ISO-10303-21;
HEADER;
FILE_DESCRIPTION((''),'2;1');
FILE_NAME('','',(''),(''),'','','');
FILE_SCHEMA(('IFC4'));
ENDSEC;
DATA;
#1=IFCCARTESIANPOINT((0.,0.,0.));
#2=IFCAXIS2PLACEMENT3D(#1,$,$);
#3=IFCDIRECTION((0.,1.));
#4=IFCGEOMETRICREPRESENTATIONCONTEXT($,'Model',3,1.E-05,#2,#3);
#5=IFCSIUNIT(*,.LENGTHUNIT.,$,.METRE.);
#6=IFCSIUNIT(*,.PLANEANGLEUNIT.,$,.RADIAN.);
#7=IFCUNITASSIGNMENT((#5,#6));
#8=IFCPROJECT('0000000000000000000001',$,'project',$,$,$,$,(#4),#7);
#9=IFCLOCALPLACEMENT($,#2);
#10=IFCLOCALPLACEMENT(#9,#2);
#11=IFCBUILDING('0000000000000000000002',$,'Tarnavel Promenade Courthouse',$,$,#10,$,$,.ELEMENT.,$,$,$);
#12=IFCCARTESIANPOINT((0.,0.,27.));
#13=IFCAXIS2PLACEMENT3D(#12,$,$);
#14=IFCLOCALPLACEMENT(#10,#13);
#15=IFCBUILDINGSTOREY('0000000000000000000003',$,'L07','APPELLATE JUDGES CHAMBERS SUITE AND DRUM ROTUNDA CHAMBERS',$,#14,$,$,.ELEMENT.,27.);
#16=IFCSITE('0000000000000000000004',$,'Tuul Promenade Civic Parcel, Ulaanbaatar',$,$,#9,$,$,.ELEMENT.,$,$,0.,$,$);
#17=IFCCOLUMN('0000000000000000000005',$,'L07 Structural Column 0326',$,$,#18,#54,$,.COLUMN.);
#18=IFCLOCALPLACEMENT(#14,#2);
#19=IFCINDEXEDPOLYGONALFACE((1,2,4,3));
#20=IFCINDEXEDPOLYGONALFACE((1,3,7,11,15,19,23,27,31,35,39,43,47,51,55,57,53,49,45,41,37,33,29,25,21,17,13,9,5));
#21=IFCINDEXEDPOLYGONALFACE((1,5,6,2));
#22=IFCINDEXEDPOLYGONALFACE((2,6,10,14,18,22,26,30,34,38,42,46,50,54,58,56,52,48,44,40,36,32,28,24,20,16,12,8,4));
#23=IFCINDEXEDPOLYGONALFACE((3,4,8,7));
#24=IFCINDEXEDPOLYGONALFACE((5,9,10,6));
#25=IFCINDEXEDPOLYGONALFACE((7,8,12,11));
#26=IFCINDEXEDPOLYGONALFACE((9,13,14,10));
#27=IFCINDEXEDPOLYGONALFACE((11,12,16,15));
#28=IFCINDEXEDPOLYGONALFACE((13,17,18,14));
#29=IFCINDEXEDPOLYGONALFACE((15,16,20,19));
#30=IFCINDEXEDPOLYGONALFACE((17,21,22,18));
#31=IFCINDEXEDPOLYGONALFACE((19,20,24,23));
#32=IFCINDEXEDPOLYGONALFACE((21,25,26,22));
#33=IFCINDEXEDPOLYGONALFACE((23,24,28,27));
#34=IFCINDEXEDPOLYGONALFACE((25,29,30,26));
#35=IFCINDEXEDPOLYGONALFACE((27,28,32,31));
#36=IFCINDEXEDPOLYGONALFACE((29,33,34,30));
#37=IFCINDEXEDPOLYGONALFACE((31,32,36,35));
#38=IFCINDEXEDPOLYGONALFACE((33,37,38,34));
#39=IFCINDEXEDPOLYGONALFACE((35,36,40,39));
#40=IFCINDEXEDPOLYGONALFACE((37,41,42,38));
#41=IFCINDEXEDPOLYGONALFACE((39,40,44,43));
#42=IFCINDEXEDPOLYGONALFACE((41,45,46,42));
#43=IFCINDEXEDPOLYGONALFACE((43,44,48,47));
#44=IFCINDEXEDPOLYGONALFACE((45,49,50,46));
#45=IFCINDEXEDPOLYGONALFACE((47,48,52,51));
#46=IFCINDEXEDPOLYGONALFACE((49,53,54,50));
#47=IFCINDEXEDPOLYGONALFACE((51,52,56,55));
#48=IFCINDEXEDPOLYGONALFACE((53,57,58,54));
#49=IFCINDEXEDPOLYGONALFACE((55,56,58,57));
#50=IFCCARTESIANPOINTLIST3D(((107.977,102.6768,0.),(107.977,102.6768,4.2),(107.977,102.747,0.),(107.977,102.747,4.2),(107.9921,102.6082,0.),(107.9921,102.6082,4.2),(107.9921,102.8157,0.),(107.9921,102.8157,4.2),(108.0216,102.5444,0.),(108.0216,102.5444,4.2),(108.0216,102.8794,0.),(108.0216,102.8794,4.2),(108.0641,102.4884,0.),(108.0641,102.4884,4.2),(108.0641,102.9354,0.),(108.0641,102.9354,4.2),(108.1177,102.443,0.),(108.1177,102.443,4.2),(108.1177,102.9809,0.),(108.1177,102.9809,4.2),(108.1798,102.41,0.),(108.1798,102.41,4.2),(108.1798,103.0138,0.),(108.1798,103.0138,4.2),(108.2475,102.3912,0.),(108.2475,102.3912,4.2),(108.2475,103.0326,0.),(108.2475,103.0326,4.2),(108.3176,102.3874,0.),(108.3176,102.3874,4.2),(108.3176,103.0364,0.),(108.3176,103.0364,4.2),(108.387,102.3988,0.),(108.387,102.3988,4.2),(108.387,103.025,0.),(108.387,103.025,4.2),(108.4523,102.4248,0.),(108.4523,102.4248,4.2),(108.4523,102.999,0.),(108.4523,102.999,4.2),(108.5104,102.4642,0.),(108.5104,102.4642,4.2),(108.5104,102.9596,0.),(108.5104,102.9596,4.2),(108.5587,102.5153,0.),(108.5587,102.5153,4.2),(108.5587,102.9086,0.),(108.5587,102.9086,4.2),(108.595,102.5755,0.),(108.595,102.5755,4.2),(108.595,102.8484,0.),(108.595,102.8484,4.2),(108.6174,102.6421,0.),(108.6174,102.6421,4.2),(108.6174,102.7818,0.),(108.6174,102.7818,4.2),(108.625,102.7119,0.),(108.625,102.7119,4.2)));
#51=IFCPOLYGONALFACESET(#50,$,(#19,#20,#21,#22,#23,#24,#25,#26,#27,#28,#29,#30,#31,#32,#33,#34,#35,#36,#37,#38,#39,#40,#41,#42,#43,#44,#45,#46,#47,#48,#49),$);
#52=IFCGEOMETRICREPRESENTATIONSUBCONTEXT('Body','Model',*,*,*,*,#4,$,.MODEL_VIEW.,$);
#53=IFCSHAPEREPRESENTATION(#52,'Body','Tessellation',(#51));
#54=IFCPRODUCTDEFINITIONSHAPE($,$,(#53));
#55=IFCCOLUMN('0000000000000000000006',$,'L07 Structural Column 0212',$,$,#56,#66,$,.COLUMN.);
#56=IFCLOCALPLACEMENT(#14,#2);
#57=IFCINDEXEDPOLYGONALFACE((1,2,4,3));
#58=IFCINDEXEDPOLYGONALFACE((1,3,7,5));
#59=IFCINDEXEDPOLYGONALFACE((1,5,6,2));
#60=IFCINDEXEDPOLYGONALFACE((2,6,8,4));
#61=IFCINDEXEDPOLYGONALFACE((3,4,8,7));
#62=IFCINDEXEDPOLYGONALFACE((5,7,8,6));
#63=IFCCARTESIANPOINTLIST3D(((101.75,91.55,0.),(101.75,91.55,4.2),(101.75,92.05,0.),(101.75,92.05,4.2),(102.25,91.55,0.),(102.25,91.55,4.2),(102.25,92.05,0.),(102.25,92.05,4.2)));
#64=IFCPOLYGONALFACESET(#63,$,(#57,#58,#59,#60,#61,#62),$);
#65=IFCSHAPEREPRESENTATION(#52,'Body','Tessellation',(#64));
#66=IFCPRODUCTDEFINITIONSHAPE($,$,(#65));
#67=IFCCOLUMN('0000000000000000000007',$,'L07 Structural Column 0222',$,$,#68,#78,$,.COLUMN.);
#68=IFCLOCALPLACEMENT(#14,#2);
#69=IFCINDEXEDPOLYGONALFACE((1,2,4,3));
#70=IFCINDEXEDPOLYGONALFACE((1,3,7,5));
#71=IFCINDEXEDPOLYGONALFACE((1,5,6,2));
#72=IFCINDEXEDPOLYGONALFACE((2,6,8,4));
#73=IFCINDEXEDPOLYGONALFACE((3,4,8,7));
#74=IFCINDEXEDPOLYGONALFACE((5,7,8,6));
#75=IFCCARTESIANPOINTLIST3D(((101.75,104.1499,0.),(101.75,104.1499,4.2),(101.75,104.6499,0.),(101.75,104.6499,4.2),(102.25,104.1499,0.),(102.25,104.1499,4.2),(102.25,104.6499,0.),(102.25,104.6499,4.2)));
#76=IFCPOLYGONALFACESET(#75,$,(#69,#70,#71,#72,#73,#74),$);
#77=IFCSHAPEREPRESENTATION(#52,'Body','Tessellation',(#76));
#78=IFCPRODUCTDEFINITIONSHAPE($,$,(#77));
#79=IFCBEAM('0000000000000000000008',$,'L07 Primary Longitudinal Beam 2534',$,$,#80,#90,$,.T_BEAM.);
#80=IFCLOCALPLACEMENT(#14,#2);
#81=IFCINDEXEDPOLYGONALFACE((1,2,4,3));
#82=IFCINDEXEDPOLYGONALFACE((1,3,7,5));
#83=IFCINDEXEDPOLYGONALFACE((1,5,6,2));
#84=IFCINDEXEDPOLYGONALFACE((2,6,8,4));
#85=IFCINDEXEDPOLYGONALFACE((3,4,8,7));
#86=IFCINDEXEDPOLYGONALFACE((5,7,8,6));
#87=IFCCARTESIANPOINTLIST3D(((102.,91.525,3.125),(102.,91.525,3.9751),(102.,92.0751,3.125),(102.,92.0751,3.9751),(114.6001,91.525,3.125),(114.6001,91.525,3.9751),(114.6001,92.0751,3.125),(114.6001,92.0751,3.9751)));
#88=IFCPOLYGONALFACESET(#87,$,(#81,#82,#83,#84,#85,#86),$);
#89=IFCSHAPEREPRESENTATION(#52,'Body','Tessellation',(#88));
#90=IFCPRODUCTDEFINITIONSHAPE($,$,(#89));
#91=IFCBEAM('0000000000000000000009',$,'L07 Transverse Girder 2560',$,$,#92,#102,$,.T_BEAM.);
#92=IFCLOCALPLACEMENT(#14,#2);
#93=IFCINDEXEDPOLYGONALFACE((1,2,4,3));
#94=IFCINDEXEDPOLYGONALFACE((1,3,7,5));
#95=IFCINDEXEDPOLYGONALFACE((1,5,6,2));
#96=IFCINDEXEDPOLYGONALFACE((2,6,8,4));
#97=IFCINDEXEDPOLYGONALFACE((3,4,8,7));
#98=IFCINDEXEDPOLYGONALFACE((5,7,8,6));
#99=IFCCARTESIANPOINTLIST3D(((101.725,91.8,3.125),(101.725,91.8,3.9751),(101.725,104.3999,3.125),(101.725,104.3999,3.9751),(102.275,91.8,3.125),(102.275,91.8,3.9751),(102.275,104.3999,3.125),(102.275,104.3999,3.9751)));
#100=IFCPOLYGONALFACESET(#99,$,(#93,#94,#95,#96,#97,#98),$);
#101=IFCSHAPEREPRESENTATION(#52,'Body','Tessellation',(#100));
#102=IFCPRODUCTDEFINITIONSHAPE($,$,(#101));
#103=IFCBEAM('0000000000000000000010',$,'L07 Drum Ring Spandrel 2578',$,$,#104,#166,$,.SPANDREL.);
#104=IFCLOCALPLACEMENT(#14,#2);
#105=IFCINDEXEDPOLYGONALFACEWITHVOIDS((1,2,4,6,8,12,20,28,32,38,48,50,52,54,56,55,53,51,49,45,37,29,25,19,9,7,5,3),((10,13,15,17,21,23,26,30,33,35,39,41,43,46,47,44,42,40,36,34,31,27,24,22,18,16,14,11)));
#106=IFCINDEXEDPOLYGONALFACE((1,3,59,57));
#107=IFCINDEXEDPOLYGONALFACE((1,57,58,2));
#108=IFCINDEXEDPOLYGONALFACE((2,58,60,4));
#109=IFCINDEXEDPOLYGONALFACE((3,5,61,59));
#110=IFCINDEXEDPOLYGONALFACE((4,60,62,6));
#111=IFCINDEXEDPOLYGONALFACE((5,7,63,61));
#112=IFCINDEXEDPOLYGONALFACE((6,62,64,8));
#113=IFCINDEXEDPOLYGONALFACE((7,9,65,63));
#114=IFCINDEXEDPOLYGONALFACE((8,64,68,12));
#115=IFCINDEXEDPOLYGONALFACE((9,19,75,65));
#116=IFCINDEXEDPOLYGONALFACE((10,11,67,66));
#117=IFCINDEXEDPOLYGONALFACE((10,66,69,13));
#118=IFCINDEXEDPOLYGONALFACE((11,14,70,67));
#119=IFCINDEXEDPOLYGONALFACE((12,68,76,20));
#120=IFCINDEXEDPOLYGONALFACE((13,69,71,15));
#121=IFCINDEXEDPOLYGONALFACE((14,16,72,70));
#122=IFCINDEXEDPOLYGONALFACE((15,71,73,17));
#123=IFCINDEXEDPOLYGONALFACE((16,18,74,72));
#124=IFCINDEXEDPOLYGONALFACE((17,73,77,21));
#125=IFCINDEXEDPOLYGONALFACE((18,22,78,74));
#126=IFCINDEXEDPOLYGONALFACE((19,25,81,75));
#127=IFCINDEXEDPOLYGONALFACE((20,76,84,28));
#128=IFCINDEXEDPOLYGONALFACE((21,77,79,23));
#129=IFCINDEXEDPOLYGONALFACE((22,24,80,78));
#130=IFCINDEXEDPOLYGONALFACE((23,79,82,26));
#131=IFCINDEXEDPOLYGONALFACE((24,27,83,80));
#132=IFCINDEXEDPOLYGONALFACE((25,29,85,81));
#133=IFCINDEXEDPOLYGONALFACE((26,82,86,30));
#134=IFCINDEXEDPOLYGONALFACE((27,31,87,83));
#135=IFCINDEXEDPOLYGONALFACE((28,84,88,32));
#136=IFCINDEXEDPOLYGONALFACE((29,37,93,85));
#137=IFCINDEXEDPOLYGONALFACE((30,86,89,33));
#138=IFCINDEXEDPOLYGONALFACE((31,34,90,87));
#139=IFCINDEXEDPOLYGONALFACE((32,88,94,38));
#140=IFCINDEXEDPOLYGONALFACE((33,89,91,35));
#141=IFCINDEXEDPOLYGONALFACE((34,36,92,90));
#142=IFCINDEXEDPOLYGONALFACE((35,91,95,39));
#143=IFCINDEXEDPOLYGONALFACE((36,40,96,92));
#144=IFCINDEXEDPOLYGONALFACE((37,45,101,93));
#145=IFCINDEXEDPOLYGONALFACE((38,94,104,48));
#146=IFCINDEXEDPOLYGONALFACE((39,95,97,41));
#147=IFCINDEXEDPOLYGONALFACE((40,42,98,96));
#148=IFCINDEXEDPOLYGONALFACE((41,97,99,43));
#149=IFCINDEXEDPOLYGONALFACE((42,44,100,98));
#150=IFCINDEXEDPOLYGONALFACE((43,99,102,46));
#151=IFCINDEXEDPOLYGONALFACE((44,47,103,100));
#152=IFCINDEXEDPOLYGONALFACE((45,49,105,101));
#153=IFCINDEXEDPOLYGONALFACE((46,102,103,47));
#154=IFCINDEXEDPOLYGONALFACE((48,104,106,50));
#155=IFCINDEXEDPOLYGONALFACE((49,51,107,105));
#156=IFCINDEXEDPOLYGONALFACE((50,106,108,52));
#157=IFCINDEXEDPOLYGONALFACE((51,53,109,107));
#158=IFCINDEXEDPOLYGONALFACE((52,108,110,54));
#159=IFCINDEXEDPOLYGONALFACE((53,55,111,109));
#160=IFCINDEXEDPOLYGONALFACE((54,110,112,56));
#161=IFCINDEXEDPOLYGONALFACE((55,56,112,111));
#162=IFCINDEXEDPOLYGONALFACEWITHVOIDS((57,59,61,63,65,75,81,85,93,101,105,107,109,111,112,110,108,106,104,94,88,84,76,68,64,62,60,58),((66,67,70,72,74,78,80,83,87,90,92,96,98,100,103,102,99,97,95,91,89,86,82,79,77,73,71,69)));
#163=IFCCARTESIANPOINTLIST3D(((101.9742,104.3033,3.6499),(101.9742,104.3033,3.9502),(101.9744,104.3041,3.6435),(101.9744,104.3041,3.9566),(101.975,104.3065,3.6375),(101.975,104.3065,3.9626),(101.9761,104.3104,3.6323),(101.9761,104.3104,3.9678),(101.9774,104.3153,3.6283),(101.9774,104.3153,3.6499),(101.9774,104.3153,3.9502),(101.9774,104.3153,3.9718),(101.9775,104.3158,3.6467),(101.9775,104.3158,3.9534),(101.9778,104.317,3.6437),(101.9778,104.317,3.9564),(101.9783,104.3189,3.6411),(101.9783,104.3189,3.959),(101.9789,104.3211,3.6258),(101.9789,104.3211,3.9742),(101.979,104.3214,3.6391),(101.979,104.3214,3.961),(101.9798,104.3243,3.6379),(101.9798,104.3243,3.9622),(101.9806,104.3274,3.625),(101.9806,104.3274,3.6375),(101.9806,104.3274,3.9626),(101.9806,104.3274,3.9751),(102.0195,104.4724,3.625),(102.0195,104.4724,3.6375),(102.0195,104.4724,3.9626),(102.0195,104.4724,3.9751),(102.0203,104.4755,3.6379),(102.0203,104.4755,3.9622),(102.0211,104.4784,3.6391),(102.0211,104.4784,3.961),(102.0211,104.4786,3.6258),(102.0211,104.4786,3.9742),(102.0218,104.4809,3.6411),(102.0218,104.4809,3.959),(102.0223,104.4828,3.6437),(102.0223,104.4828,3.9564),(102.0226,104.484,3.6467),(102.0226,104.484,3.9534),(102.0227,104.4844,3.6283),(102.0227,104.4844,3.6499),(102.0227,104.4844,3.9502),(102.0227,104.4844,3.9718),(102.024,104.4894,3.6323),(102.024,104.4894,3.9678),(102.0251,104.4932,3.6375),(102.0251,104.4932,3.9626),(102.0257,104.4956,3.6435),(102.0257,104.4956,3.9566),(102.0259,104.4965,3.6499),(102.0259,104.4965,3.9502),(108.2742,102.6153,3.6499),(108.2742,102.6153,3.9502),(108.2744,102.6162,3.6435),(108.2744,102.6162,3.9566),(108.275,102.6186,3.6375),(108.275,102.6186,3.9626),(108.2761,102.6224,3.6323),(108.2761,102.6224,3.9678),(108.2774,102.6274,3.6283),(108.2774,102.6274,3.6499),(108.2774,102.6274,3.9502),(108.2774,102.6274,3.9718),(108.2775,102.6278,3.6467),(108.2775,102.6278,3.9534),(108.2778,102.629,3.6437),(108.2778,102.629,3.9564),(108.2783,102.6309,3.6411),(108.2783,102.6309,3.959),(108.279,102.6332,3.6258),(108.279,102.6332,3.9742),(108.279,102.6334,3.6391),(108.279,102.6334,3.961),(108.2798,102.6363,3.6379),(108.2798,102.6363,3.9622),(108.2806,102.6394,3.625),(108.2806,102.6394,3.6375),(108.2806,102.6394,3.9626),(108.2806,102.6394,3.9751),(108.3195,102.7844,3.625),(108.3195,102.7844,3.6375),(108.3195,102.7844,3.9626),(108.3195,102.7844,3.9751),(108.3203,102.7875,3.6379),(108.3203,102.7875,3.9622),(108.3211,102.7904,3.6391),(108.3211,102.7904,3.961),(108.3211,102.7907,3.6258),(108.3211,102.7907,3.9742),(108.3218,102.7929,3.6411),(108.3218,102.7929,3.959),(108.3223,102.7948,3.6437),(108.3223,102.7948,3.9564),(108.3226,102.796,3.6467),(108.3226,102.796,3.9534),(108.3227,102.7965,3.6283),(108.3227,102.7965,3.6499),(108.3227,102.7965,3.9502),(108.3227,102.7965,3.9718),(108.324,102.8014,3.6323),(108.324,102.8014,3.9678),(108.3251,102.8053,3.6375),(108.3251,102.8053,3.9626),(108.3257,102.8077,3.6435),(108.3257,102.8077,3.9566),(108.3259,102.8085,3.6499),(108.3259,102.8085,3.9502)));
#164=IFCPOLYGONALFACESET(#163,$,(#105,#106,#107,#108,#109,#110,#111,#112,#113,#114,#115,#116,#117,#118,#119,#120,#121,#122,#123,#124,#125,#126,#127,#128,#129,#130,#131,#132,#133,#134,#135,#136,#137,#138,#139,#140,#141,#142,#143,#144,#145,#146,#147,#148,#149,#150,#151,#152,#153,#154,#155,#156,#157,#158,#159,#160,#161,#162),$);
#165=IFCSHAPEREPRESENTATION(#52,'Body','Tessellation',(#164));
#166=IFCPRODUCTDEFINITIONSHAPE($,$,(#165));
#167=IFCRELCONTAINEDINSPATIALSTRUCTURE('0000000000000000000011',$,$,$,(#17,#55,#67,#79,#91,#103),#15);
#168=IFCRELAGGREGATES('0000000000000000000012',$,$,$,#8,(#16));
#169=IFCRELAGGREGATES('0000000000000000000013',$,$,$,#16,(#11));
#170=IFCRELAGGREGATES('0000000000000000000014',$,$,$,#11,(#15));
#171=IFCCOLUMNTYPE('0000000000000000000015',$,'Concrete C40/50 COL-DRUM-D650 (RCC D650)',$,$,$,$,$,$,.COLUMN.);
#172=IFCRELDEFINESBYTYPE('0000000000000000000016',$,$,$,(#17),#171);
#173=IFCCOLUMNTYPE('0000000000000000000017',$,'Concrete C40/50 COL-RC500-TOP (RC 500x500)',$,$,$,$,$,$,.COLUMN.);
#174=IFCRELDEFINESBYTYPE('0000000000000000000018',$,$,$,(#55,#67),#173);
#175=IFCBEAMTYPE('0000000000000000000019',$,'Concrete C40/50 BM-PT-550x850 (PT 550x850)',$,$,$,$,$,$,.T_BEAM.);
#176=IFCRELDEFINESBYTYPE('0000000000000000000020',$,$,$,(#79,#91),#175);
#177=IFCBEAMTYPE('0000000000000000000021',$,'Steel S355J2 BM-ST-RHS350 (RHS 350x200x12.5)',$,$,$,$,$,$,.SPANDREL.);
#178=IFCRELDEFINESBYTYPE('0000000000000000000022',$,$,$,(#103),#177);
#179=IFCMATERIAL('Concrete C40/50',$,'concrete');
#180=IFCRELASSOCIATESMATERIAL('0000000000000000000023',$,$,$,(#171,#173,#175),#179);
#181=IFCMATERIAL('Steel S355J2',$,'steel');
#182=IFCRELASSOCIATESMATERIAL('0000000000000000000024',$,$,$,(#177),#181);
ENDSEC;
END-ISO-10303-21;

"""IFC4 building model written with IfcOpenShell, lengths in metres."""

from ifc_helpers import new_model, si_unit, direction, frame, origin, origin_2d, place, context, subcontext, project, spatial, rectangle, hollow_rectangle, circle, extrude, material, material_profile, profile_set, type_object, element, save


model = new_model("IFC4")

# Units and contexts
model_context = context("Model", 3, precision=1e-05, world=origin(), true_north=direction((0.0, 1.0)))
body_context = subcontext(model_context, "Body", "Model", "MODEL_VIEW")
ifc_project = project(units=[si_unit("LENGTHUNIT", "METRE"), si_unit("PLANEANGLEUNIT", "RADIAN")], contexts=[model_context])

# Site, building, storey
site_placement = place(None, origin())
site = spatial("IfcSite", under=ifc_project, at=site_placement, Name="Tuul Promenade Civic Parcel, Ulaanbaatar", CompositionType="ELEMENT", RefElevation=0.0)
building_placement = place(site_placement, origin())
building = spatial("IfcBuilding", under=site, at=building_placement, Name="Tarnavel Promenade Courthouse", CompositionType="ELEMENT")
storey_placement = place(building_placement, frame((0.0, 0.0, 27.0)))
storey = spatial("IfcBuildingStorey", under=building, at=storey_placement, Name="L07", Description="APPELLATE JUDGES CHAMBERS SUITE AND DRUM ROTUNDA CHAMBERS", CompositionType="ELEMENT", Elevation=27.0)

# Columns
ifc_material_1 = material(Name="Concrete C40/50", Category="concrete")
ifc_material_profile_1 = material_profile(ifc_material_1, circle(Radius=0.325, at=origin_2d()), Name="RCC D650")
ifc_profile_set_1 = profile_set([ifc_material_profile_1], Name="Concrete C40/50")
column_type_1 = type_object("IfcColumnType", Name="Concrete C40/50 COL-DRUM-D650 (RCC D650)", PredefinedType="COLUMN", material=ifc_profile_set_1)
column_placement = place(storey_placement, frame((108.3, 102.7119, 0.0), z_axis=(0.0, 0.0, 1.0), x_axis=(1.0, 0.0, 0.0)))
element("IfcColumn", 1, at=column_placement, inside=storey, type_object=column_type_1, Name="L07 Structural Column 0326", PredefinedType="COLUMN", context=body_context, shape_type="SweptSolid", body=[
    extrude(circle(Radius=0.325, at=origin_2d()), origin(), (0.0, 0.0, 1.0), 4.2),
])
ifc_material_profile_2 = material_profile(ifc_material_1, rectangle(XDim=0.5, YDim=0.5, at=origin_2d()), Name="RC 500x500")
ifc_profile_set_2 = profile_set([ifc_material_profile_2], Name="Concrete C40/50")
column_type_2 = type_object("IfcColumnType", Name="Concrete C40/50 COL-RC500-TOP (RC 500x500)", PredefinedType="COLUMN", material=ifc_profile_set_2)
for number, where, z_axis, x_axis, name in (
    (2, (102.0, 91.8, 0.0), (0.0, 0.0, 1.0), (1.0, 0.0, 0.0), "L07 Structural Column 0212"),
    (3, (102.0, 104.3999, 0.0), (0.0, 0.0, 1.0), (1.0, 0.0, 0.0), "L07 Structural Column 0222"),
):
    element("IfcColumn", number, at=place(storey_placement, frame(where, z_axis=z_axis, x_axis=x_axis)), inside=storey, type_object=column_type_2, Name=name, PredefinedType="COLUMN", context=body_context, shape_type="SweptSolid", body=[
        extrude(rectangle(XDim=0.5, YDim=0.5, at=origin_2d()), origin(), (0.0, 0.0, 1.0), 4.2),
    ])

# Beams
ifc_material_profile_3 = material_profile(ifc_material_1, rectangle(XDim=0.55, YDim=0.8501, at=origin_2d()), Name="PT 550x850")
ifc_profile_set_3 = profile_set([ifc_material_profile_3], Name="Concrete C40/50")
beam_type_1 = type_object("IfcBeamType", Name="Concrete C40/50 BM-PT-550x850 (PT 550x850)", PredefinedType="T_BEAM", material=ifc_profile_set_3)
beam_1_placement = place(storey_placement, frame((102.0, 91.8, 3.55), z_axis=(1.0, 0.0, 0.0), x_axis=(0.0, 1.0, 0.0)))
element("IfcBeam", 4, at=beam_1_placement, inside=storey, type_object=beam_type_1, Name="L07 Primary Longitudinal Beam 2534", PredefinedType="T_BEAM", context=body_context, shape_type="SweptSolid", body=[
    extrude(rectangle(XDim=0.55, YDim=0.8501, at=origin_2d()), origin(), (0.0, 0.0, 1.0), 12.6001),
])
beam_2_placement = place(storey_placement, frame((102.0, 91.8, 3.55), z_axis=(0.0, 1.0, 0.0), x_axis=(-1.0, 0.0, 0.0)))
element("IfcBeam", 5, at=beam_2_placement, inside=storey, type_object=beam_type_1, Name="L07 Transverse Girder 2560", PredefinedType="T_BEAM", context=body_context, shape_type="SweptSolid", body=[
    extrude(rectangle(XDim=0.55, YDim=0.8501, at=origin_2d()), origin(), (0.0, 0.0, 1.0), 12.5999),
])
ifc_material_2 = material(Name="Steel S355J2", Category="steel")
ifc_material_profile_4 = material_profile(ifc_material_2, hollow_rectangle(XDim=0.2, YDim=0.3501, WallThickness=0.0125, InnerFilletRadius=0.0125, OuterFilletRadius=0.0249, at=origin_2d()), Name="RHS 350x200x12.5")
ifc_profile_set_4 = profile_set([ifc_material_profile_4], Name="Steel S355J2")
beam_type_2 = type_object("IfcBeamType", Name="Steel S355J2 BM-ST-RHS350 (RHS 350x200x12.5)", PredefinedType="SPANDREL", material=ifc_profile_set_4)
beam_3_placement = place(storey_placement, frame((108.3, 102.7119, 3.8), z_axis=(-0.96593, 0.258804, 0.0), x_axis=(-0.258804, -0.96593, 0.0)))
element("IfcBeam", 6, at=beam_3_placement, inside=storey, type_object=beam_type_2, Name="L07 Drum Ring Spandrel 2578", PredefinedType="SPANDREL", context=body_context, shape_type="SweptSolid", body=[
    extrude(hollow_rectangle(XDim=0.2, YDim=0.3501, WallThickness=0.0125, InnerFilletRadius=0.0125, OuterFilletRadius=0.0249, at=origin_2d()), origin(), (0.0, 0.0, 1.0), 6.5222),
])

save(model, "model.ifc")
